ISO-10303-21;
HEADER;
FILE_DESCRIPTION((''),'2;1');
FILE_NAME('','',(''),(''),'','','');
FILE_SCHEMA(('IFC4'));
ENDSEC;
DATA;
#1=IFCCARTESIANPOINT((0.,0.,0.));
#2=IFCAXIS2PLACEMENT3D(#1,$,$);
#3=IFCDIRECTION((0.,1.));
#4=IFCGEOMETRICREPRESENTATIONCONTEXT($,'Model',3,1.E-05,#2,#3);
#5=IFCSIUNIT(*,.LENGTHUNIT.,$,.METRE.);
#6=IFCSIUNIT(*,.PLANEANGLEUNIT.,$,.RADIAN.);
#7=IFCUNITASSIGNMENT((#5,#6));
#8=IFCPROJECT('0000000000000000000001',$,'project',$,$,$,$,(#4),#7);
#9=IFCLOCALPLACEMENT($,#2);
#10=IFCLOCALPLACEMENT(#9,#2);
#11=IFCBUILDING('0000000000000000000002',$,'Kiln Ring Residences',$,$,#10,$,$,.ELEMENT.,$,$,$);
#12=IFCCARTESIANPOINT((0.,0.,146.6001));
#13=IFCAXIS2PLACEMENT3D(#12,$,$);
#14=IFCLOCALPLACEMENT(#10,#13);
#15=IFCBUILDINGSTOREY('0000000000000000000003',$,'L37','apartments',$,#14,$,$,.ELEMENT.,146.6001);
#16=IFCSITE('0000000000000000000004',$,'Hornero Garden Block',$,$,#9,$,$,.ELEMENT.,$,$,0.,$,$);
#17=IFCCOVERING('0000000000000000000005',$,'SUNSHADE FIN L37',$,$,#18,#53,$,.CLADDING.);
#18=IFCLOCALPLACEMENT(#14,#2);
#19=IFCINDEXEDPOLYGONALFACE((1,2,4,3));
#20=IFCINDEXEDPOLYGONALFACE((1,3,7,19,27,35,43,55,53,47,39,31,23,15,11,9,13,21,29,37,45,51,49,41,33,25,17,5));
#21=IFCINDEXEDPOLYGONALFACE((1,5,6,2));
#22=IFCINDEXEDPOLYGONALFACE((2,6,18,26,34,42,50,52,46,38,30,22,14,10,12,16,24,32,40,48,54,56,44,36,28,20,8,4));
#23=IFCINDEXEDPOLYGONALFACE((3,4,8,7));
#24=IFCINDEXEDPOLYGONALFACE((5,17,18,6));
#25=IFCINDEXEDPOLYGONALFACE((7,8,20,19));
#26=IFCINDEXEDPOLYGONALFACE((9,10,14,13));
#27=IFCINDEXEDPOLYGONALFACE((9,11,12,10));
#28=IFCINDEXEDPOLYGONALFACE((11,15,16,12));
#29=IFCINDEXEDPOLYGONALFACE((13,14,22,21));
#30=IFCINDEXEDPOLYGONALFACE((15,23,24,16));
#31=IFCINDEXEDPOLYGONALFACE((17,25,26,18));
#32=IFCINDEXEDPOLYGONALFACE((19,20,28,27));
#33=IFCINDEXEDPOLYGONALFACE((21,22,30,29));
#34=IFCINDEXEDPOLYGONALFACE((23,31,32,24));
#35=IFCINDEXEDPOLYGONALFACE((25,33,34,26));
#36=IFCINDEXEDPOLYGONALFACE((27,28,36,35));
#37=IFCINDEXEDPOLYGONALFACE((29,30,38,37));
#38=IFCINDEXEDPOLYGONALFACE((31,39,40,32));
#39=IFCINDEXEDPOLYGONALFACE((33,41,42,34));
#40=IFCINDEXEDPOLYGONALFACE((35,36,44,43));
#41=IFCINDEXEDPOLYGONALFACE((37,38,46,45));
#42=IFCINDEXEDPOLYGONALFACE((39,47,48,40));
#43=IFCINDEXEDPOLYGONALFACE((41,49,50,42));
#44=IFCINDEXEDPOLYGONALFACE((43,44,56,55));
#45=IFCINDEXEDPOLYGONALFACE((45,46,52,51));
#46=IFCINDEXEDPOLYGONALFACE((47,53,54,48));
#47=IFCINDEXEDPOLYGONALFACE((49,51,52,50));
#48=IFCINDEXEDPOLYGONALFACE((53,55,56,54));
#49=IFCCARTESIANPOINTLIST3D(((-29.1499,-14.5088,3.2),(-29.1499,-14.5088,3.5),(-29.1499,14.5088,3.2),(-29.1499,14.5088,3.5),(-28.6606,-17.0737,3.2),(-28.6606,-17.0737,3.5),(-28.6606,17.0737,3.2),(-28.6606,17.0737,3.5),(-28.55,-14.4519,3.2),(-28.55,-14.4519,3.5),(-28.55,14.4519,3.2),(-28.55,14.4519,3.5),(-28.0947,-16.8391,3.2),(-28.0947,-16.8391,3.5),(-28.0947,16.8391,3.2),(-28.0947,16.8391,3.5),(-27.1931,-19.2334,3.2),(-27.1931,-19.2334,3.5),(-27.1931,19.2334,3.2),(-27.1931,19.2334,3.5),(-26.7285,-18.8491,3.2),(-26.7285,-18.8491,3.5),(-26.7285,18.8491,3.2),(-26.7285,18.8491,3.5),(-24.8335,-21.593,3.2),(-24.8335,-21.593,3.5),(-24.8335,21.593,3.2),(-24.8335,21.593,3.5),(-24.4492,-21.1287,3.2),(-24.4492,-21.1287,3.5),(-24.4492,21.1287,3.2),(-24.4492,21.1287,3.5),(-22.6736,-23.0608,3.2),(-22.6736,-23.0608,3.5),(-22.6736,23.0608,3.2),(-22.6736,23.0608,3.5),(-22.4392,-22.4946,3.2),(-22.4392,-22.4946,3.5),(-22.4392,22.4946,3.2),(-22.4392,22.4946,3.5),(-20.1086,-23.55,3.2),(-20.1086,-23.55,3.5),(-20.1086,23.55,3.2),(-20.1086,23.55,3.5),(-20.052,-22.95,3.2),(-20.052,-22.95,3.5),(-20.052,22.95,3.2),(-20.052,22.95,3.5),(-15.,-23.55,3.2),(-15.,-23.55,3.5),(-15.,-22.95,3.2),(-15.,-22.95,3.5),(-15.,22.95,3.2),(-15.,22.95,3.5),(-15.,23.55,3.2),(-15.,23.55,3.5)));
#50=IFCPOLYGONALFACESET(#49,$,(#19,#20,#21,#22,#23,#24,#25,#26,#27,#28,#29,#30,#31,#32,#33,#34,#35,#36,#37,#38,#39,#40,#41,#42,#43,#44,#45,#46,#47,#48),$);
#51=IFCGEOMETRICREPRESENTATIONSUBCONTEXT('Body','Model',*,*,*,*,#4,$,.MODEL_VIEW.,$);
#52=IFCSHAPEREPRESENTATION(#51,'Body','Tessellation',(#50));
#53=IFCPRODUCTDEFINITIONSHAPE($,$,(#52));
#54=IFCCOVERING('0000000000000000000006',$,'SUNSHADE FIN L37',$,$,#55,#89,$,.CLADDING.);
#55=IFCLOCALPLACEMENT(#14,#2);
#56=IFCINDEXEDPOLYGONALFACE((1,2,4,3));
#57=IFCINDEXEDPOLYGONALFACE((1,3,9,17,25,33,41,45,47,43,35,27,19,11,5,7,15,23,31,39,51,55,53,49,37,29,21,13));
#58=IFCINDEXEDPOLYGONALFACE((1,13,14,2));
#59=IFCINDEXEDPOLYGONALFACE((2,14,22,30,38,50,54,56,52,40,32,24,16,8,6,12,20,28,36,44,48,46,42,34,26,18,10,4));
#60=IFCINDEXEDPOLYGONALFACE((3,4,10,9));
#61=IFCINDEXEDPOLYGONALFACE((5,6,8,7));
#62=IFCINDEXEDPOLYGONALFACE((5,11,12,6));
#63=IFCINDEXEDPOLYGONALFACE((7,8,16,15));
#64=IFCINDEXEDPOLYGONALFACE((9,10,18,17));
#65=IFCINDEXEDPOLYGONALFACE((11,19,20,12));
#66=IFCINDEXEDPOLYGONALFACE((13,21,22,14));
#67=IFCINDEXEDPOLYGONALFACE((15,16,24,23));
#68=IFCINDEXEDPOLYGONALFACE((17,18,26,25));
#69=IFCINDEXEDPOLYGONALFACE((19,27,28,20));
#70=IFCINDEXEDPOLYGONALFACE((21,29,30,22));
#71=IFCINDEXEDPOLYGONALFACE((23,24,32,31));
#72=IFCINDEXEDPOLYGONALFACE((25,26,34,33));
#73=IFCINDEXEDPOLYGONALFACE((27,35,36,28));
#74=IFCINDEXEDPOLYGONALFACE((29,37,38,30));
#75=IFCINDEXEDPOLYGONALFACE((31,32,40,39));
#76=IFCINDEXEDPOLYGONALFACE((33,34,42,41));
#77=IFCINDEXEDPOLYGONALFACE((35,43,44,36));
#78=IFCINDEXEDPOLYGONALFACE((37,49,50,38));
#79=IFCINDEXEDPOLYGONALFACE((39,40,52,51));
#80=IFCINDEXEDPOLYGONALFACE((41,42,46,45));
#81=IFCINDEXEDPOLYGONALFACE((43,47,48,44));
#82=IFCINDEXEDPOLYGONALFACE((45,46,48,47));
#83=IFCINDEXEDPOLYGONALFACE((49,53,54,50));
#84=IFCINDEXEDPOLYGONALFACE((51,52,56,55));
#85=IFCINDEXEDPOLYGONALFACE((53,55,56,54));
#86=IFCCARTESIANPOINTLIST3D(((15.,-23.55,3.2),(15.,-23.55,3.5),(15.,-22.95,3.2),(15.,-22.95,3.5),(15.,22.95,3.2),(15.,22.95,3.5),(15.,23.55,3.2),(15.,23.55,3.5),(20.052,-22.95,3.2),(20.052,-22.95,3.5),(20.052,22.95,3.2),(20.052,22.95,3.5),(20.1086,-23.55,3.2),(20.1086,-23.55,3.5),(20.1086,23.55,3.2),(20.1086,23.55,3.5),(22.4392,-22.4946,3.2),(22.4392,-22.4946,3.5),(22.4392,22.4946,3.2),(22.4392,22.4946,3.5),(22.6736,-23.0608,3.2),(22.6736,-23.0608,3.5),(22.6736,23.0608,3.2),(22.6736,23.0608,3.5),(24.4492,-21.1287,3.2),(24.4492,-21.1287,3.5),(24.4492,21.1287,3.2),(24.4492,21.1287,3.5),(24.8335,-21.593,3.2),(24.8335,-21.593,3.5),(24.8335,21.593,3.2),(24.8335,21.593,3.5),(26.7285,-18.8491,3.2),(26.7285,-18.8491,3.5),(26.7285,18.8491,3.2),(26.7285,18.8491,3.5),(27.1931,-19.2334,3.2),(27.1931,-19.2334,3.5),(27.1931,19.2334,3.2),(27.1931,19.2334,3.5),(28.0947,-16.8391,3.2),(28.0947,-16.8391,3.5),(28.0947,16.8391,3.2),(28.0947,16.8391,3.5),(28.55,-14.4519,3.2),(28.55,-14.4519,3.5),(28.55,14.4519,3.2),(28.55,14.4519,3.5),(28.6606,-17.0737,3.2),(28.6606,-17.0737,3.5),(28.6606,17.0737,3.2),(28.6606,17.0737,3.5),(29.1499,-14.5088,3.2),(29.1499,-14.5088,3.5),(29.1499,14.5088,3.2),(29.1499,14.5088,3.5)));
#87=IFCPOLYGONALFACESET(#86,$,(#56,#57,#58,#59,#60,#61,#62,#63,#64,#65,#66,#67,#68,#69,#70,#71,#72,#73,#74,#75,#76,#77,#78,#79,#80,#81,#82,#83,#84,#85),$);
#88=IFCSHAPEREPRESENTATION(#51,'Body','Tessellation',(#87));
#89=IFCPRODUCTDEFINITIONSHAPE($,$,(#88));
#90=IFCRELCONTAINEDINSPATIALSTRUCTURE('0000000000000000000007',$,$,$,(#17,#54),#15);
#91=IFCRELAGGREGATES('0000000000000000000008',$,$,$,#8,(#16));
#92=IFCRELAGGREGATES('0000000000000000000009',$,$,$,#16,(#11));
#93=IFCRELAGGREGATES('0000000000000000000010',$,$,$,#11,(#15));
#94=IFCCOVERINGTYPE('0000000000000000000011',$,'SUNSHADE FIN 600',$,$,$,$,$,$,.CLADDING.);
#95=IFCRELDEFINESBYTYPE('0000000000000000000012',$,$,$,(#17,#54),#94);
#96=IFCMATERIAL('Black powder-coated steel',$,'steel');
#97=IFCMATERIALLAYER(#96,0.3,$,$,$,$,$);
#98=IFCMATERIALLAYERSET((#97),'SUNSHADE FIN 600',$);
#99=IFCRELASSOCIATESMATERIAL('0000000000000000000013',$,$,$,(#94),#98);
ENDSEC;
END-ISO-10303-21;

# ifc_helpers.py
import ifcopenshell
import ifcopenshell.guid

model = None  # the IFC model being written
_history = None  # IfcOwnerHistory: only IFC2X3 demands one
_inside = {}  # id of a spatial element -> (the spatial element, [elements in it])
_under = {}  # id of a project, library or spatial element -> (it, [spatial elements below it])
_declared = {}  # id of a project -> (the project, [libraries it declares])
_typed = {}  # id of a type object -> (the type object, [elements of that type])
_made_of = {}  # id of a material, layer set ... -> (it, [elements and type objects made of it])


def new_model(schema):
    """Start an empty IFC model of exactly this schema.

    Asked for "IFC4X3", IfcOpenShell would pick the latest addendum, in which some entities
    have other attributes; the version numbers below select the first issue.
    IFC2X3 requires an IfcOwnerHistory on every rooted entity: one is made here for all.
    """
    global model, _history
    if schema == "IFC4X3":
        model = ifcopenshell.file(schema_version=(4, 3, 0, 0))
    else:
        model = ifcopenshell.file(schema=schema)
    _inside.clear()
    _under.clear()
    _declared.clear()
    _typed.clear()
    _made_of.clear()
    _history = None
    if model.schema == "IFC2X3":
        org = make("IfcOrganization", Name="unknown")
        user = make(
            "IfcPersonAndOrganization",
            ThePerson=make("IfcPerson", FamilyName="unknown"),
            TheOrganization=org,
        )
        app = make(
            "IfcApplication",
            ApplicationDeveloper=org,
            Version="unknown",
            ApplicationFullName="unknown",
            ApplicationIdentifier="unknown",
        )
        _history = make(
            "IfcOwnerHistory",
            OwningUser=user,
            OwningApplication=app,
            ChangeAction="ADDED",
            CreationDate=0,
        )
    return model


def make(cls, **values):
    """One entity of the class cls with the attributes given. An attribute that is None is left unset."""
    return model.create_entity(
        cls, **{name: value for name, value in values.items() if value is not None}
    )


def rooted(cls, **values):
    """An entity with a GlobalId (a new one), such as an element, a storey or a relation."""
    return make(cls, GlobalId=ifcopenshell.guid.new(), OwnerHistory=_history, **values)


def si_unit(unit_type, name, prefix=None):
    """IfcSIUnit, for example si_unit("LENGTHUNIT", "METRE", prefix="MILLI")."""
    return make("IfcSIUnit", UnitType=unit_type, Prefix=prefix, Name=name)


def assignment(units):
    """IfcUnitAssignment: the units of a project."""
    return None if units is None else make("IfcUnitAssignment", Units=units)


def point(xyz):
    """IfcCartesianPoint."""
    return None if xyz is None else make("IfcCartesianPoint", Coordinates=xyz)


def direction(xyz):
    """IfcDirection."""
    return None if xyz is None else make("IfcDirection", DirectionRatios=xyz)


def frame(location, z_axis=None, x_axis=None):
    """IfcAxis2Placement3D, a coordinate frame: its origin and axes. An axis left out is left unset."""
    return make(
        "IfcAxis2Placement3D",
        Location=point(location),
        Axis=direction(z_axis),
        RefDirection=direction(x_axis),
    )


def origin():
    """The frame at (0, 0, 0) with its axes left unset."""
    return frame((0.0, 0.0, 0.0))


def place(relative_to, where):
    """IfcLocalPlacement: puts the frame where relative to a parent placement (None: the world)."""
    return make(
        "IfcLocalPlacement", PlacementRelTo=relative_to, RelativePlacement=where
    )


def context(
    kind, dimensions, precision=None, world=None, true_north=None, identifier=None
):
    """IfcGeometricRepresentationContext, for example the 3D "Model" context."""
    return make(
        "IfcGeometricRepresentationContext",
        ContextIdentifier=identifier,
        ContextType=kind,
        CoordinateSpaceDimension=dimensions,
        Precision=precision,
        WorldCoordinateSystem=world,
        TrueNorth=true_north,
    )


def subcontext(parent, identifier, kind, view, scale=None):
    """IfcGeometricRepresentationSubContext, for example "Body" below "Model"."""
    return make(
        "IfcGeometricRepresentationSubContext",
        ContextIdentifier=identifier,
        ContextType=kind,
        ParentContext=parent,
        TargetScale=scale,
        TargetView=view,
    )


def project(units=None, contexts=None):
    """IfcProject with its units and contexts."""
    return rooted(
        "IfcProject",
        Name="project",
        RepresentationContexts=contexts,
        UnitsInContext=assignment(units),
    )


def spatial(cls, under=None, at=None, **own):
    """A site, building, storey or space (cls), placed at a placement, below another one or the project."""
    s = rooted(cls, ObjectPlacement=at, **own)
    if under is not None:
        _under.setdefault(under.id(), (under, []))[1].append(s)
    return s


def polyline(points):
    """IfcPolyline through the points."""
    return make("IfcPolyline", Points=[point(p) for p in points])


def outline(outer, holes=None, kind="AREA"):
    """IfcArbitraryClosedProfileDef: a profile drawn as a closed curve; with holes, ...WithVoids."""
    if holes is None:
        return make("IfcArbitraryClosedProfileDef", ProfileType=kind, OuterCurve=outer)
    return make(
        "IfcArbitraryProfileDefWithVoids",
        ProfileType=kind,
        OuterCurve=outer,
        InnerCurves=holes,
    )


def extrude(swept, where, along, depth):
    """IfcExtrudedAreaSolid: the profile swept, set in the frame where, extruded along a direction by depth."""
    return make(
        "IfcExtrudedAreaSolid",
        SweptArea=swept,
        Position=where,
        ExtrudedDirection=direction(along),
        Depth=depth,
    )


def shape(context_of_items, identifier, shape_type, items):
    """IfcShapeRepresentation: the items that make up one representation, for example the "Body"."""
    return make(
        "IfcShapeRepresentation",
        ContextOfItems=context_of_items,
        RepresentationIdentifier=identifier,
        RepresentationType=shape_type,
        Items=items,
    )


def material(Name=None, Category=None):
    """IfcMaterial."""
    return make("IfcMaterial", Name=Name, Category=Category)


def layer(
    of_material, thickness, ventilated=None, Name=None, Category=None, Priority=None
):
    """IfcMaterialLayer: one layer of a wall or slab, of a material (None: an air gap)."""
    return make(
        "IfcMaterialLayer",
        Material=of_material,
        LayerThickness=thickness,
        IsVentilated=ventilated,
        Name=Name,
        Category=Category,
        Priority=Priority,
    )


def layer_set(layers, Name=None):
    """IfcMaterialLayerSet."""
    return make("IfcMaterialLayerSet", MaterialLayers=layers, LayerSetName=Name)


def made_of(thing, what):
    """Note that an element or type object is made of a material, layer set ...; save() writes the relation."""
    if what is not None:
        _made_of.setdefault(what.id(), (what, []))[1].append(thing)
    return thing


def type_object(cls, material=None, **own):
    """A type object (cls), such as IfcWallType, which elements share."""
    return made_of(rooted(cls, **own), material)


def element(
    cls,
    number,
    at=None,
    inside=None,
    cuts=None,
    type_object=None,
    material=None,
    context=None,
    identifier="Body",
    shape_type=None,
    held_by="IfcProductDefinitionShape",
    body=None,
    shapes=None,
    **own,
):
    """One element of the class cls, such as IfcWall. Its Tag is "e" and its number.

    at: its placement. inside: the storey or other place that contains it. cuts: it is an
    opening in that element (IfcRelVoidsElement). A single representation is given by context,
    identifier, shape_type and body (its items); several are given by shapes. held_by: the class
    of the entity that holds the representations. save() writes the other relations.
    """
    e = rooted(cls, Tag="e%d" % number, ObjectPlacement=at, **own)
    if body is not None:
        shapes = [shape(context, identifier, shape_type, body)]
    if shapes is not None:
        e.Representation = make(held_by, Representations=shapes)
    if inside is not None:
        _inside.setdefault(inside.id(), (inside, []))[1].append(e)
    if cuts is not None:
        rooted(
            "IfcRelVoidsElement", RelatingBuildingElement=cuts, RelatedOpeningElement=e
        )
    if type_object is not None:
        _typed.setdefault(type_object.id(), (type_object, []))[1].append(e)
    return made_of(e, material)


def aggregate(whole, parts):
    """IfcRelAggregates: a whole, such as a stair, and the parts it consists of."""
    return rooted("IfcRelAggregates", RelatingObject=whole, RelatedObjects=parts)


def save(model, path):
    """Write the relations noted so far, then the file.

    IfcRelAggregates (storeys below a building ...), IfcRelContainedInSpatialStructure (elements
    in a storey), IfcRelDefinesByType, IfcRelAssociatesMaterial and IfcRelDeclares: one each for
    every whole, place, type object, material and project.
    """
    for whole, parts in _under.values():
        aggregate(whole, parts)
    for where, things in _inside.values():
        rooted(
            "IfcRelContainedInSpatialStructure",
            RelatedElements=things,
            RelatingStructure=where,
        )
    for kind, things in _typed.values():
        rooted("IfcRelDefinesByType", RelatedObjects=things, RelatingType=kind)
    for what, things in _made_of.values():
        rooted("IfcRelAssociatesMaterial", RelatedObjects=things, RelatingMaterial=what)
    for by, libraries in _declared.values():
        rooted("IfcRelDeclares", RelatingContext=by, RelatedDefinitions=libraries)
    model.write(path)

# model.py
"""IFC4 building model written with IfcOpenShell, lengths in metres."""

from ifc_helpers import new_model, si_unit, direction, frame, origin, place, context, subcontext, project, spatial, polyline, outline, extrude, material, layer, layer_set, type_object, element, save


model = new_model("IFC4")

# Units and contexts
model_context = context("Model", 3, precision=1e-05, world=origin(), true_north=direction((0.0, 1.0)))
body_context = subcontext(model_context, "Body", "Model", "MODEL_VIEW")
ifc_project = project(units=[si_unit("LENGTHUNIT", "METRE"), si_unit("PLANEANGLEUNIT", "RADIAN")], contexts=[model_context])

# Site, building, storey
site_placement = place(None, origin())
site = spatial("IfcSite", under=ifc_project, at=site_placement, Name="Hornero Garden Block", CompositionType="ELEMENT", RefElevation=0.0)
building_placement = place(site_placement, origin())
building = spatial("IfcBuilding", under=site, at=building_placement, Name="Kiln Ring Residences", CompositionType="ELEMENT")
storey_placement = place(building_placement, frame((0.0, 0.0, 146.6001)))
storey = spatial("IfcBuildingStorey", under=building, at=storey_placement, Name="L37", Description="apartments", CompositionType="ELEMENT", Elevation=146.6001)

# Coverings
placement_1 = place(storey_placement, frame((0.0, 0.0, 3.2)))
ifc_material_1 = material(Name="Black powder-coated steel", Category="steel")
ifc_layer_1 = layer(ifc_material_1, 0.3)
ifc_layer_set_1 = layer_set([ifc_layer_1], Name="SUNSHADE FIN 600")
covering_type_1 = type_object("IfcCoveringType", Name="SUNSHADE FIN 600", PredefinedType="CLADDING", material=ifc_layer_set_1)
element("IfcCovering", 1, at=placement_1, inside=storey, type_object=covering_type_1, Name="SUNSHADE FIN L37", PredefinedType="CLADDING", context=body_context, shape_type="SweptSolid", body=[
    extrude(outline(polyline([(-29.1499, -14.5088), (-28.6606, -17.0737), (-27.1931, -19.2334), (-24.8335, -21.593), (-22.6736, -23.0608), (-20.1086, -23.55), (-15.0, -23.55), (-15.0, -22.95), (-20.052, -22.95), (-22.4392, -22.4946), (-24.4492, -21.1287), (-26.7285, -18.8491), (-28.0947, -16.8391), (-28.55, -14.4519), (-28.55, 14.4519), (-28.0947, 16.8391), (-26.7285, 18.8491), (-24.4492, 21.1287), (-22.4392, 22.4946), (-20.052, 22.95), (-15.0, 22.95), (-15.0, 23.55), (-20.1086, 23.55), (-22.6736, 23.0608), (-24.8335, 21.593), (-27.1931, 19.2334), (-28.6606, 17.0737), (-29.1499, 14.5088), (-29.1499, -14.5088)])), origin(), (0.0, 0.0, 1.0), 0.3),
])
element("IfcCovering", 2, at=placement_1, inside=storey, type_object=covering_type_1, Name="SUNSHADE FIN L37", PredefinedType="CLADDING", context=body_context, shape_type="SweptSolid", body=[
    extrude(outline(polyline([(20.1086, 23.55), (15.0, 23.55), (15.0, 22.95), (20.052, 22.95), (22.4392, 22.4946), (24.4492, 21.1287), (26.7285, 18.8491), (28.0947, 16.8391), (28.55, 14.4519), (28.55, -14.4519), (28.0947, -16.8391), (26.7285, -18.8491), (24.4492, -21.1287), (22.4392, -22.4946), (20.052, -22.95), (15.0, -22.95), (15.0, -23.55), (20.1086, -23.55), (22.6736, -23.0608), (24.8335, -21.593), (27.1931, -19.2334), (28.6606, -17.0737), (29.1499, -14.5088), (29.1499, 14.5088), (28.6606, 17.0737), (27.1931, 19.2334), (24.8335, 21.593), (22.6736, 23.0608), (20.1086, 23.55)])), origin(), (0.0, 0.0, 1.0), 0.3),
])

save(model, "model.ifc")
